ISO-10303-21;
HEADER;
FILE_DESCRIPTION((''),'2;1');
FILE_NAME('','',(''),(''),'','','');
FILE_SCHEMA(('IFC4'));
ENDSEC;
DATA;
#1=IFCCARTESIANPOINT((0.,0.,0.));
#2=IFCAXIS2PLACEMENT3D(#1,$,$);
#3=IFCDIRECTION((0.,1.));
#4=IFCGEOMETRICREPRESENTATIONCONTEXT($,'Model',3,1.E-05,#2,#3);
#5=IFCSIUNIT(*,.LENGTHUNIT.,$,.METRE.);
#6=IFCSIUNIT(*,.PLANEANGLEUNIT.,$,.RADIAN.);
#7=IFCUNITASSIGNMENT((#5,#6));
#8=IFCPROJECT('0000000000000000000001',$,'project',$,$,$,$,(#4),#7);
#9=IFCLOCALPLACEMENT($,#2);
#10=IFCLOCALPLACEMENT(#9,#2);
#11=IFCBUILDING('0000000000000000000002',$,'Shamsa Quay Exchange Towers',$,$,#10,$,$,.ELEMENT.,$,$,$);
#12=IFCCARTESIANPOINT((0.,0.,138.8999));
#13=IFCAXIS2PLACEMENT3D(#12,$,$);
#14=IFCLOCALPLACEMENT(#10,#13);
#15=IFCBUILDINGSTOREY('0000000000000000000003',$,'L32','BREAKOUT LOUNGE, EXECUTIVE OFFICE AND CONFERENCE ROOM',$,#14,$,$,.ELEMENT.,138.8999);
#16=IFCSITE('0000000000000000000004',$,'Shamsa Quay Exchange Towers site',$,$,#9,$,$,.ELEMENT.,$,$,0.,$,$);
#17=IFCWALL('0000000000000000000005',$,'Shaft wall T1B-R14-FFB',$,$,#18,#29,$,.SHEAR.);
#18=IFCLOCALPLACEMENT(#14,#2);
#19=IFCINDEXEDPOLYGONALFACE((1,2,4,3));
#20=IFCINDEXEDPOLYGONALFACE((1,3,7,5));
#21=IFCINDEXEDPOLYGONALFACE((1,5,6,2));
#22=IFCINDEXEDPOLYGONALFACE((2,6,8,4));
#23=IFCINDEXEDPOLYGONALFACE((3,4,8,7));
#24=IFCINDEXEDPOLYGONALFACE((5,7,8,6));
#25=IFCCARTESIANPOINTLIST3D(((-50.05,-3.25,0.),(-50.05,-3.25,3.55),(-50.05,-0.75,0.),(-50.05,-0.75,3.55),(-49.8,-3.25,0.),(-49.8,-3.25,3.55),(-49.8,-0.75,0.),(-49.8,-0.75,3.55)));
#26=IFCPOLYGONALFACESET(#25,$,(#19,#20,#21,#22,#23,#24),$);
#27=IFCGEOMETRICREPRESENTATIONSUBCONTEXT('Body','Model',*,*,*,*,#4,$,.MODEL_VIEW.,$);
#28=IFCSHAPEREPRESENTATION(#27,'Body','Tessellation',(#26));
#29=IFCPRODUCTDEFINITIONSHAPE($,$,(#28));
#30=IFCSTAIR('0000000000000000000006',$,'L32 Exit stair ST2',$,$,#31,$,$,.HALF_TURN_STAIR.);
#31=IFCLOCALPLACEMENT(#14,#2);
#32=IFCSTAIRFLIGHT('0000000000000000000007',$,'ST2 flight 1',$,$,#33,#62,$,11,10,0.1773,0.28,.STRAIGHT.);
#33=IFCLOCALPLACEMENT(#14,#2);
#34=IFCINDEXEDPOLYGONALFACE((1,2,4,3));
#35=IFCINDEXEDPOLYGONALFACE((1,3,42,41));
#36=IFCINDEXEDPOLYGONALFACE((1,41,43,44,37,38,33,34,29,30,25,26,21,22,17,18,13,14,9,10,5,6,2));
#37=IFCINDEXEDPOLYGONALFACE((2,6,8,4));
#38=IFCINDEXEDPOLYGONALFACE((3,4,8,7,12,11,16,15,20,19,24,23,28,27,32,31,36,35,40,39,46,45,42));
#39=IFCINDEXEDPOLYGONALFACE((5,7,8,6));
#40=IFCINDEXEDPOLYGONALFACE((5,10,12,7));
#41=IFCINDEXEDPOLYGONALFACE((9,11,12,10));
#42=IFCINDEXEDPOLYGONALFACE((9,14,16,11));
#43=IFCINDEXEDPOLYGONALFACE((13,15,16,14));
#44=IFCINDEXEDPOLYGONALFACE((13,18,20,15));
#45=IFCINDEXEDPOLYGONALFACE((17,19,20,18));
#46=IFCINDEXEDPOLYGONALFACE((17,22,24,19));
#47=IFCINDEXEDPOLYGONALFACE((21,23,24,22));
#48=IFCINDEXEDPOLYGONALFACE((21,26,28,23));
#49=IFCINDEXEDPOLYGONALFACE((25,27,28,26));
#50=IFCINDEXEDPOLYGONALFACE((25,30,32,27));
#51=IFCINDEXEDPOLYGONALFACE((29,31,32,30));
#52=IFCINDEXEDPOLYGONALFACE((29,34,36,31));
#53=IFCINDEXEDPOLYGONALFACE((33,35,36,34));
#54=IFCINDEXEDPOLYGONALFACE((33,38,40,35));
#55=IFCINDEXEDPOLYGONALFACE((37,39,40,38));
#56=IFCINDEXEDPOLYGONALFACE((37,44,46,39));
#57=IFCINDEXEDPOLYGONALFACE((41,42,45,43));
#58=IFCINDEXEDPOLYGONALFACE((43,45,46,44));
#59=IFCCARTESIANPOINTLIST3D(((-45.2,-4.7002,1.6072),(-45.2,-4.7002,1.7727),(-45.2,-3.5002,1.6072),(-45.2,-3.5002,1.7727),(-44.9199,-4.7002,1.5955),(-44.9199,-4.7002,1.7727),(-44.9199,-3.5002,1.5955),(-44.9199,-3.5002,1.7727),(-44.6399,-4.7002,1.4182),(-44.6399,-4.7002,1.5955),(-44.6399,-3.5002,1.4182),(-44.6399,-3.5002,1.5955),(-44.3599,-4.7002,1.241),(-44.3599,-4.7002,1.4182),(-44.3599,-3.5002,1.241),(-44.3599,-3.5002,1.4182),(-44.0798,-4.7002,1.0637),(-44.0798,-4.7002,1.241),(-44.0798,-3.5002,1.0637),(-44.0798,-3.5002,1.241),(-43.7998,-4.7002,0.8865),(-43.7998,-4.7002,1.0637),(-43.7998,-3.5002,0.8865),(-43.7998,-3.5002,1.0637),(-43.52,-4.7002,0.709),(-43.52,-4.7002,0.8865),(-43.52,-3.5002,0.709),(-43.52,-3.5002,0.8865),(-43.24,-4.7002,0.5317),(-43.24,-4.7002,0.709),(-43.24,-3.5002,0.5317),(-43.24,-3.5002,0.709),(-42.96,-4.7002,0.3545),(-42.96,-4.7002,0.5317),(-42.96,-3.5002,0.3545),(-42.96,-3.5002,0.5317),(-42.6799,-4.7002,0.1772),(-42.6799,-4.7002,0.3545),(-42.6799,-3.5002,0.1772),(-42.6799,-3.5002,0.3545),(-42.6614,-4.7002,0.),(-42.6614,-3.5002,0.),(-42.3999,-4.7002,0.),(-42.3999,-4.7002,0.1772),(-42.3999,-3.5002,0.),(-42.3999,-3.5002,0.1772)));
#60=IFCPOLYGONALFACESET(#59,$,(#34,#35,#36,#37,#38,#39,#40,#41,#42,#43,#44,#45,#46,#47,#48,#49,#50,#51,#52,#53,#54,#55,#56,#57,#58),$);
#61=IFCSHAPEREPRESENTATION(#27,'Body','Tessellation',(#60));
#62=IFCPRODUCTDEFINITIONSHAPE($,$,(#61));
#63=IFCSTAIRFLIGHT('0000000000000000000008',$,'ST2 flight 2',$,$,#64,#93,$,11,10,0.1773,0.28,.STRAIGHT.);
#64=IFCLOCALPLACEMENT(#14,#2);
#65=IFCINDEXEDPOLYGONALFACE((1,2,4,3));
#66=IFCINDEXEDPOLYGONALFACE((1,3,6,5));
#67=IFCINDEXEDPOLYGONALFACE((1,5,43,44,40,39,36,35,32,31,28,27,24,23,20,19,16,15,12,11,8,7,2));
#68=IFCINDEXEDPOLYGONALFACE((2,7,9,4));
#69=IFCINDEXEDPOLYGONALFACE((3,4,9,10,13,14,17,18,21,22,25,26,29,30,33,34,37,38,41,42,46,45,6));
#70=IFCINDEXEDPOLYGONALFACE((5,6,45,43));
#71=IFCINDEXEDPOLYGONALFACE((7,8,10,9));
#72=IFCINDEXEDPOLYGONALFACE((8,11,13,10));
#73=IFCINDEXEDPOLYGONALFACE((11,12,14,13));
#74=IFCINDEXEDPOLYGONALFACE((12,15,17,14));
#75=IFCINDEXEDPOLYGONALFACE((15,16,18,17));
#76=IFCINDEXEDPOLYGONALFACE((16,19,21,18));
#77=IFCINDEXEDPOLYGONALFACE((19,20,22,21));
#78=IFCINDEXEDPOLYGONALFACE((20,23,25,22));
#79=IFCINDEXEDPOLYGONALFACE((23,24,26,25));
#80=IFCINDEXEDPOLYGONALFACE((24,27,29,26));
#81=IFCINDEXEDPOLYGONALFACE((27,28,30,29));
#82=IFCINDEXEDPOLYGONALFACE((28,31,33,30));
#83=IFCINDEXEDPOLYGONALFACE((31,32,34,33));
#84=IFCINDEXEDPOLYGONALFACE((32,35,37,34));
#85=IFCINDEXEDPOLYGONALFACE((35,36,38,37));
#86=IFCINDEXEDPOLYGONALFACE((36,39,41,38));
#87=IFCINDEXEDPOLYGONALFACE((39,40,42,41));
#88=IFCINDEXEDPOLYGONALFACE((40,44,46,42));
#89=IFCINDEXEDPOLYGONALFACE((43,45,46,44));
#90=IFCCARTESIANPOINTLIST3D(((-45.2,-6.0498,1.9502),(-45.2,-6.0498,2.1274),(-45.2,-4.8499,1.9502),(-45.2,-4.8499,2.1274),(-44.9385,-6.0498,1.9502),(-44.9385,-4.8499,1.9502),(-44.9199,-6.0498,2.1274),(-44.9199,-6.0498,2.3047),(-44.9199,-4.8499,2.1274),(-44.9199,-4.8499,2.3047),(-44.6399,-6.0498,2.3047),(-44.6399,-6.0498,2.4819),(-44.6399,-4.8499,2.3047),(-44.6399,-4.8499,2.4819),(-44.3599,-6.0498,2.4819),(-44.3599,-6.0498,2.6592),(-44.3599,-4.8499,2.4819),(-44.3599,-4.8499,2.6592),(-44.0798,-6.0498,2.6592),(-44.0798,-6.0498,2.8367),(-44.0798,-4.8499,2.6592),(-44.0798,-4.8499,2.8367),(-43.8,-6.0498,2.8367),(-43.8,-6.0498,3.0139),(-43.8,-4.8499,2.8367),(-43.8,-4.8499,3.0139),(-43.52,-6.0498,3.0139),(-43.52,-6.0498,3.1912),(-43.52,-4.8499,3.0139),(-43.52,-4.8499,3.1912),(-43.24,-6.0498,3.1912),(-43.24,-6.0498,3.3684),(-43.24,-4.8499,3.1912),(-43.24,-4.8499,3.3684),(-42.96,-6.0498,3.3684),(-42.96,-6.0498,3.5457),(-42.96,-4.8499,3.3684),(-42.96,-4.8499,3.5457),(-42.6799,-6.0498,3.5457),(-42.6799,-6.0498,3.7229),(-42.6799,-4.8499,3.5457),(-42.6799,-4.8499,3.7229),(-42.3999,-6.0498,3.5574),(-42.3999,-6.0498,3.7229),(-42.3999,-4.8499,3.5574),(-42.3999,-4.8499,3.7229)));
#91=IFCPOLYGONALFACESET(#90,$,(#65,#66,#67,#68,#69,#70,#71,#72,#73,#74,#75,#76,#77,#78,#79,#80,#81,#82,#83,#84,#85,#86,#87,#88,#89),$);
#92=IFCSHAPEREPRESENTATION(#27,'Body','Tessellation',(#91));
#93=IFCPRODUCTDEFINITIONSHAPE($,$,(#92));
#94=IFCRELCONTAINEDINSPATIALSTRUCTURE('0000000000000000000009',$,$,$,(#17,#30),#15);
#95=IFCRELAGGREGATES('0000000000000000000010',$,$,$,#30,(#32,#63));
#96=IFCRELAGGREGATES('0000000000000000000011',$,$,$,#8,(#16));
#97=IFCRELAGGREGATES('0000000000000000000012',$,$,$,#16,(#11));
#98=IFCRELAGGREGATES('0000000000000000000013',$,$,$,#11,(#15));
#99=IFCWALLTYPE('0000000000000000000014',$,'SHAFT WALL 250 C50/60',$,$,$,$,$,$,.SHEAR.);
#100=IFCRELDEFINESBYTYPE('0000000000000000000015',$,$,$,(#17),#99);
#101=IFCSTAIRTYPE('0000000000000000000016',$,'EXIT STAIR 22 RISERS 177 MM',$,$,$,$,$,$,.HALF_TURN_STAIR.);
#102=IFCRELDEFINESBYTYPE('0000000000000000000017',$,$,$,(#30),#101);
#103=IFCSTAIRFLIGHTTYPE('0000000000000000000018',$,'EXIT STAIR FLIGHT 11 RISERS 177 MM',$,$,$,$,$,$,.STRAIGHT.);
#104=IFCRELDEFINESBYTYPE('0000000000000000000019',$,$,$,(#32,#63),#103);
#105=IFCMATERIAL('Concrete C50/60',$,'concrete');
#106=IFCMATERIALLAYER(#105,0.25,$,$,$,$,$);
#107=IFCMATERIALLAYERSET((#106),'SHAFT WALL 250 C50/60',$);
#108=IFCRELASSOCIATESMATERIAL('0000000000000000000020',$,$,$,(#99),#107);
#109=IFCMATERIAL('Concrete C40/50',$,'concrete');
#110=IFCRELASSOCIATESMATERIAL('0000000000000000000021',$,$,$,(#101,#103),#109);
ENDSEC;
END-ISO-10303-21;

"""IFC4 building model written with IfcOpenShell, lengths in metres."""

from ifc_helpers import new_model, si_unit, direction, frame, frame_2d, origin, place, context, subcontext, project, spatial, polyline, rectangle, outline, extrude, material, layer, layer_set, type_object, element, aggregate, save


model = new_model("IFC4")

# Units and contexts
model_context = context("Model", 3, precision=1e-05, world=origin(), true_north=direction((0.0, 1.0)))
body_context = subcontext(model_context, "Body", "Model", "MODEL_VIEW")
ifc_project = project(units=[si_unit("LENGTHUNIT", "METRE"), si_unit("PLANEANGLEUNIT", "RADIAN")], contexts=[model_context])

# Site, building, storey
site_placement = place(None, origin())
site = spatial("IfcSite", under=ifc_project, at=site_placement, Name="Shamsa Quay Exchange Towers site", CompositionType="ELEMENT", RefElevation=0.0)
building_placement = place(site_placement, origin())
building = spatial("IfcBuilding", under=site, at=building_placement, Name="Shamsa Quay Exchange Towers", CompositionType="ELEMENT")
storey_placement = place(building_placement, frame((0.0, 0.0, 138.8999)))
storey = spatial("IfcBuildingStorey", under=building, at=storey_placement, Name="L32", Description="BREAKOUT LOUNGE, EXECUTIVE OFFICE AND CONFERENCE ROOM", CompositionType="ELEMENT", Elevation=138.8999)

# Shared definitions
ifc_material_1 = material(Name="Concrete C50/60", Category="concrete")
ifc_layer_1 = layer(ifc_material_1, 0.25)
ifc_layer_set_1 = layer_set([ifc_layer_1], Name="SHAFT WALL 250 C50/60")
wall_type_1 = type_object("IfcWallType", Name="SHAFT WALL 250 C50/60", PredefinedType="SHEAR", material=ifc_layer_set_1)

# Wall
wall_1_placement = place(storey_placement, frame((-49.925, -3.25, 0.0), z_axis=(0.0, 0.0, 1.0), x_axis=(0.0, 1.0, 0.0)))
element("IfcWall", 1, at=wall_1_placement, inside=storey, type_object=wall_type_1, Name="Shaft wall T1B-R14-FFB", PredefinedType="SHEAR", context=body_context, shape_type="SweptSolid", body=[
    extrude(rectangle(XDim=2.5, YDim=0.25, at=frame_2d((1.25, 0.0))), origin(), (0.0, 0.0, 1.0), 3.55),
])

# Stair, stair flights
ifc_material_2 = material(Name="Concrete C40/50", Category="concrete")
stair_type = type_object("IfcStairType", Name="EXIT STAIR 22 RISERS 177 MM", PredefinedType="HALF_TURN_STAIR", material=ifc_material_2)
stair_placement = place(storey_placement, origin())
stair = element("IfcStair", 2, at=stair_placement, inside=storey, type_object=stair_type, Name="L32 Exit stair ST2", PredefinedType="HALF_TURN_STAIR")
stair_flight_type = type_object("IfcStairFlightType", Name="EXIT STAIR FLIGHT 11 RISERS 177 MM", PredefinedType="STRAIGHT", material=ifc_material_2)
stair_flight_1_placement = place(storey_placement, frame((-42.3999, -4.1001, 0.0), z_axis=(0.0, 0.0, 1.0), x_axis=(-1.0, 0.0, 0.0)))
stair_flight_1 = element("IfcStairFlight", 3, at=stair_flight_1_placement, type_object=stair_flight_type, Name="ST2 flight 1", NumberOfRisers=11, NumberOfTreads=10, PredefinedType="STRAIGHT", RiserHeight=0.1773, TreadLength=0.28, context=body_context, shape_type="SweptSolid", body=[
    extrude(outline(polyline([(0.0, 0.0), (0.0, 0.1772), (0.28, 0.1772), (0.28, 0.3545), (0.5601, 0.3545), (0.5601, 0.5317), (0.8401, 0.5317), (0.8401, 0.709), (1.1201, 0.709), (1.1201, 0.8865), (1.3999, 0.8865), (1.3999, 1.0637), (1.6799, 1.0637), (1.6799, 1.241), (1.96, 1.241), (1.96, 1.4182), (2.24, 1.4182), (2.24, 1.5955), (2.52, 1.5955), (2.52, 1.7727), (2.8, 1.7727), (2.8, 1.95), (2.8, 1.6072), (0.2615, 0.0), (0.0, 0.0)])), frame((0.0, 0.6001, 0.0), z_axis=(0.0, -1.0, 0.0), x_axis=(1.0, 0.0, 0.0)), (0.0, 0.0, 1.0), 1.2),
])
stair_flight_2_placement = place(storey_placement, frame((-45.2, -5.45, 1.9502)))
stair_flight_2 = element("IfcStairFlight", 4, at=stair_flight_2_placement, type_object=stair_flight_type, Name="ST2 flight 2", NumberOfRisers=11, NumberOfTreads=10, PredefinedType="STRAIGHT", RiserHeight=0.1773, TreadLength=0.28, context=body_context, shape_type="SweptSolid", body=[
    extrude(outline(polyline([(0.0, 0.0), (0.0, 0.1772), (0.28, 0.1772), (0.28, 0.3545), (0.5601, 0.3545), (0.5601, 0.5317), (0.8401, 0.5317), (0.8401, 0.709), (1.1201, 0.709), (1.1201, 0.8865), (1.3999, 0.8865), (1.3999, 1.0637), (1.6799, 1.0637), (1.6799, 1.241), (1.96, 1.241), (1.96, 1.4182), (2.24, 1.4182), (2.24, 1.5955), (2.52, 1.5955), (2.52, 1.7727), (2.8, 1.7727), (2.8, 1.95), (2.8, 1.6072), (0.2615, 0.0), (0.0, 0.0)])), frame((0.0, 0.6001, 0.0), z_axis=(0.0, -1.0, 0.0), x_axis=(1.0, 0.0, 0.0)), (0.0, 0.0, 1.0), 1.2),
])
aggregate(stair, [stair_flight_1, stair_flight_2])

save(model, "model.ifc")
